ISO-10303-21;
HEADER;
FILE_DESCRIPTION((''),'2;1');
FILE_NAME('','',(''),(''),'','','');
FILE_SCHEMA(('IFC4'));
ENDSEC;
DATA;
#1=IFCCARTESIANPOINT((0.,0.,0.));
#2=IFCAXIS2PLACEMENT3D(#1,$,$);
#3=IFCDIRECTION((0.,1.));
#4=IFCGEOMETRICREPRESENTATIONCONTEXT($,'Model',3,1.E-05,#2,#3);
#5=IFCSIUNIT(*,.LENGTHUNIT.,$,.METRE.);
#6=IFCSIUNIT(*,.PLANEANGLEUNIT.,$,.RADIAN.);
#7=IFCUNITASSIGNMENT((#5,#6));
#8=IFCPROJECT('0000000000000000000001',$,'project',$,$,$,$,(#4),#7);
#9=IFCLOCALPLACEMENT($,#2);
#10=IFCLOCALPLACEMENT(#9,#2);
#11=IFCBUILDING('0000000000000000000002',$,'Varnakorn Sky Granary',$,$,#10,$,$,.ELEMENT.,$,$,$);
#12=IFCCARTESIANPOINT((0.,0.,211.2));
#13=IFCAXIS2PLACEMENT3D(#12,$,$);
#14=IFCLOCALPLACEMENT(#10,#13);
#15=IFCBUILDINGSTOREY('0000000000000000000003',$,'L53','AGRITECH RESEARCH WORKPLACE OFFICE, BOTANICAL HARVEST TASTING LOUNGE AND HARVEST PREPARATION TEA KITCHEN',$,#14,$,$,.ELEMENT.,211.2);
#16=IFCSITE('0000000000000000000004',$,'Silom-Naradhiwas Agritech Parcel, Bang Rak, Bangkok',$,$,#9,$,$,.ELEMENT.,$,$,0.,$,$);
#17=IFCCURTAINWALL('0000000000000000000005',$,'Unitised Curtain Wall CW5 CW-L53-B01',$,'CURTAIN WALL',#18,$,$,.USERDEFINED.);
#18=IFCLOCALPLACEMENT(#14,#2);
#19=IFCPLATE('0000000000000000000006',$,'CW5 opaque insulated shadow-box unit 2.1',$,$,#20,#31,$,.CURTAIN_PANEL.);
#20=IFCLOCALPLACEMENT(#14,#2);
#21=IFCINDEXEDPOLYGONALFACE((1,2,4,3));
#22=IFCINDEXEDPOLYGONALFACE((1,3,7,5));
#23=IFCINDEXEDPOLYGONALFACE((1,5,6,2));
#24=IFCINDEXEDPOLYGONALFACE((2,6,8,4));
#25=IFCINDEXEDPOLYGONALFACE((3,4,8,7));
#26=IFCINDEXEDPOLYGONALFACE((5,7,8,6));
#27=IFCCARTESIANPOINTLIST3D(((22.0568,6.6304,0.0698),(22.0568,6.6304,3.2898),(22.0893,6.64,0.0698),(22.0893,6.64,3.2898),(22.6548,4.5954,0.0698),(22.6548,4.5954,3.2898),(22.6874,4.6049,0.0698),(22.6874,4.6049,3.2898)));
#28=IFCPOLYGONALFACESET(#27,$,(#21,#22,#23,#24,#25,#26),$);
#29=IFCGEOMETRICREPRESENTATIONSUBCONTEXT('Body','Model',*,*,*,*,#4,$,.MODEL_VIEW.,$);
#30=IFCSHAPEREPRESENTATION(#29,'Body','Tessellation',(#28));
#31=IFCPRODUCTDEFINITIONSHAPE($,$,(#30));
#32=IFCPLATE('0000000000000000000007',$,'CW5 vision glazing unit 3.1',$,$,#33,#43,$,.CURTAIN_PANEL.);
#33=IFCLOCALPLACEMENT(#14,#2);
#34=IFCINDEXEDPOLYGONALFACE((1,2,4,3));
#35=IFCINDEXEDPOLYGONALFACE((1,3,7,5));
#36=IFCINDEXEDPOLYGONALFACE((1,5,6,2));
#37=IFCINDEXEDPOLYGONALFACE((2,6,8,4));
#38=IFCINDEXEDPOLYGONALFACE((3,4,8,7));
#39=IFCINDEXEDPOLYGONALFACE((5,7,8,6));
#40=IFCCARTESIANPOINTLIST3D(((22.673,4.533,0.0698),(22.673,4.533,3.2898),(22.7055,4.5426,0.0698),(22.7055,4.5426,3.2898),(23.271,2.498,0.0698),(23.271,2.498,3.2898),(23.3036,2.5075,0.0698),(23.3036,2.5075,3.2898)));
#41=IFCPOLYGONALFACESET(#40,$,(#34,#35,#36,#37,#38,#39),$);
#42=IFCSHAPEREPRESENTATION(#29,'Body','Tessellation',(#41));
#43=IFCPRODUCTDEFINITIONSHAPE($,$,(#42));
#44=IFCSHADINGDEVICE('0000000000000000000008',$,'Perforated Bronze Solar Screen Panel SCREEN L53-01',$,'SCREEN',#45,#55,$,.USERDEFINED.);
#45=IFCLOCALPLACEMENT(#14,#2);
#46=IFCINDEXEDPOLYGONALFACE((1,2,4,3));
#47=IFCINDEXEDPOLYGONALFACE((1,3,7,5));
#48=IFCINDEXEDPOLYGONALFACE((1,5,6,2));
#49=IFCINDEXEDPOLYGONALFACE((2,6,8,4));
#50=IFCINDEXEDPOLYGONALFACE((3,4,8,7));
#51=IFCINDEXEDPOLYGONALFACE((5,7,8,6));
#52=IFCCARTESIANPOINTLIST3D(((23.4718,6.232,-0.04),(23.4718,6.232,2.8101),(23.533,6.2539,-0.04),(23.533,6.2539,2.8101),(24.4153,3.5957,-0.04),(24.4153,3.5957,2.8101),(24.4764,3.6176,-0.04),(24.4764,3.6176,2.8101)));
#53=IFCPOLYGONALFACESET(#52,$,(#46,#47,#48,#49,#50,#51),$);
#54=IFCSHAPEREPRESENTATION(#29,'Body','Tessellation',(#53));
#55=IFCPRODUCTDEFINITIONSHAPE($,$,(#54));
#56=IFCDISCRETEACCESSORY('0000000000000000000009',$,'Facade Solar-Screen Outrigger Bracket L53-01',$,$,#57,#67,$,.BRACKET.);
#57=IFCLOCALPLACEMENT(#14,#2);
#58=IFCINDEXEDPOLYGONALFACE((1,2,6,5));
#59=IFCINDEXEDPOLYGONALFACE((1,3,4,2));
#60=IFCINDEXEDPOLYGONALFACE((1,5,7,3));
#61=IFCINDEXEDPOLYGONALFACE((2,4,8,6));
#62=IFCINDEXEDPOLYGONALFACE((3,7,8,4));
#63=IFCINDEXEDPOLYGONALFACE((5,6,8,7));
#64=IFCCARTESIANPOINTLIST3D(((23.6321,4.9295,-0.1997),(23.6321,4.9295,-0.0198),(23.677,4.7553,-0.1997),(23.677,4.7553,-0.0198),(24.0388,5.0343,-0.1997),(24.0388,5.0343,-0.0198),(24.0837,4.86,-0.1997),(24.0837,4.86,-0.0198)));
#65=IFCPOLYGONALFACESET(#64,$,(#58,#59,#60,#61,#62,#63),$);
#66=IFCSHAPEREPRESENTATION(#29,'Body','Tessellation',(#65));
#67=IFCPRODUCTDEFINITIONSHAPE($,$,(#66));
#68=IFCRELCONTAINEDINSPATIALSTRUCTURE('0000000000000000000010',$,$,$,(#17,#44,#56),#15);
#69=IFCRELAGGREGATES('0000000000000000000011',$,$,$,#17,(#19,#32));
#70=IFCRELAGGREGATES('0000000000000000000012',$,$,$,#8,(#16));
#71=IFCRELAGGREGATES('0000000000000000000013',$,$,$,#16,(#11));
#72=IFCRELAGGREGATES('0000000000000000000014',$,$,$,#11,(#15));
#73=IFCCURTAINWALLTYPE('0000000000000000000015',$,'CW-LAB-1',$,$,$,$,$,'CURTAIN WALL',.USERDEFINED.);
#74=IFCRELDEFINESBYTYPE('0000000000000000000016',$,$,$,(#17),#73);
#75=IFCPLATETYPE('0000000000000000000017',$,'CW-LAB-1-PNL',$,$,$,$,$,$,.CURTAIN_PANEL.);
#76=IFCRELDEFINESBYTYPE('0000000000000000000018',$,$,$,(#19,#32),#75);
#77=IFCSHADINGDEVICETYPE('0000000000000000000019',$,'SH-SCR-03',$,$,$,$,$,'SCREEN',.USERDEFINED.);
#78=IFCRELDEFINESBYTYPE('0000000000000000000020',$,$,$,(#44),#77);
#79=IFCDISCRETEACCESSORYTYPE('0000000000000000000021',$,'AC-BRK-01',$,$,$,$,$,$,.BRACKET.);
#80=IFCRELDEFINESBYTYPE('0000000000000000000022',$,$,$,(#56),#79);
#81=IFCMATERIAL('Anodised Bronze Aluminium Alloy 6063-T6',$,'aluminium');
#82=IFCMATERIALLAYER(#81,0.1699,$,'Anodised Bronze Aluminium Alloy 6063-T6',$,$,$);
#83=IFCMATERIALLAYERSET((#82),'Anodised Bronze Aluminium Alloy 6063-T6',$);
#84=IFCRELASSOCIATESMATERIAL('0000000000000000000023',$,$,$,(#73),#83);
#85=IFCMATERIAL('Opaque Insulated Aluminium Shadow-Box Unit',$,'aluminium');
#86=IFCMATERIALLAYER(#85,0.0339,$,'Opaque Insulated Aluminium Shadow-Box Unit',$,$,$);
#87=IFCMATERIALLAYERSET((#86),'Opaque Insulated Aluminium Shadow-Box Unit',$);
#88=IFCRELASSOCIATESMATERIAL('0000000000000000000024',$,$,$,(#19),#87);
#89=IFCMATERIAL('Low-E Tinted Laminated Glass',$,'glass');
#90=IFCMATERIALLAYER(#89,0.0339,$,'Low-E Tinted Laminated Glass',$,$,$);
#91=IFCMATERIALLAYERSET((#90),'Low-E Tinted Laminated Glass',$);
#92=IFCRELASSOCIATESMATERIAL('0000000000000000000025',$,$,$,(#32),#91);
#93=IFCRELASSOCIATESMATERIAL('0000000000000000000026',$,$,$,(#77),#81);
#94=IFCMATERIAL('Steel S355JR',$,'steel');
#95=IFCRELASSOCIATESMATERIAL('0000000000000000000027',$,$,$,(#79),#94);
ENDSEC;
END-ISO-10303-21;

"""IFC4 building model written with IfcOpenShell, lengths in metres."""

from ifc_helpers import new_model, si_unit, direction, frame, origin, origin_2d, place, context, subcontext, project, spatial, rectangle, extrude, source, transform, mapped, material, layer, layer_set, type_object, type_shapes, element, aggregate, save


model = new_model("IFC4")

# Units and contexts
model_context = context("Model", 3, precision=1e-05, world=origin(), true_north=direction((0.0, 1.0)))
body_context = subcontext(model_context, "Body", "Model", "MODEL_VIEW")
ifc_project = project(units=[si_unit("LENGTHUNIT", "METRE"), si_unit("PLANEANGLEUNIT", "RADIAN")], contexts=[model_context])

# Site, building, storey
site_placement = place(None, origin())
site = spatial("IfcSite", under=ifc_project, at=site_placement, Name="Silom-Naradhiwas Agritech Parcel, Bang Rak, Bangkok", CompositionType="ELEMENT", RefElevation=0.0)
building_placement = place(site_placement, origin())
building = spatial("IfcBuilding", under=site, at=building_placement, Name="Varnakorn Sky Granary", CompositionType="ELEMENT")
storey_placement = place(building_placement, frame((0.0, 0.0, 211.2)))
storey = spatial("IfcBuildingStorey", under=building, at=storey_placement, Name="L53", Description="AGRITECH RESEARCH WORKPLACE OFFICE, BOTANICAL HARVEST TASTING LOUNGE AND HARVEST PREPARATION TEA KITCHEN", CompositionType="ELEMENT", Elevation=211.2)

# Curtain wall
ifc_material_1 = material(Name="Anodised Bronze Aluminium Alloy 6063-T6", Category="aluminium")
ifc_layer_1 = layer(ifc_material_1, 0.1699, Name="Anodised Bronze Aluminium Alloy 6063-T6")
ifc_layer_set_1 = layer_set([ifc_layer_1], Name="Anodised Bronze Aluminium Alloy 6063-T6")
curtain_wall_type = type_object("IfcCurtainWallType", Name="CW-LAB-1", ElementType="CURTAIN WALL", PredefinedType="USERDEFINED", material=ifc_layer_set_1)
curtain_wall_placement = place(storey_placement, origin())
curtain_wall = element("IfcCurtainWall", 1, at=curtain_wall_placement, inside=storey, type_object=curtain_wall_type, Name="Unitised Curtain Wall CW5 CW-L53-B01", ObjectType="CURTAIN WALL", PredefinedType="USERDEFINED")

# Plates
ifc_material_2 = material(Name="Opaque Insulated Aluminium Shadow-Box Unit", Category="aluminium")
ifc_layer_2 = layer(ifc_material_2, 0.0339, Name="Opaque Insulated Aluminium Shadow-Box Unit")
ifc_layer_set_2 = layer_set([ifc_layer_2], Name="Opaque Insulated Aluminium Shadow-Box Unit")
plate_type = type_object("IfcPlateType", Name="CW-LAB-1-PNL", PredefinedType="CURTAIN_PANEL")
ifc_material_3 = material(Name="Low-E Tinted Laminated Glass", Category="glass")
ifc_layer_3 = layer(ifc_material_3, 0.0339, Name="Low-E Tinted Laminated Glass")
ifc_layer_set_3 = layer_set([ifc_layer_3], Name="Low-E Tinted Laminated Glass")
shared_shape_1 = source(origin(), body_context, "Body", "SweptSolid", [
    extrude(rectangle(XDim=2.1211, YDim=0.0339, at=origin_2d()), origin(), (0.0, 0.0, 1.0), 3.22),
])
plate_1_placement = place(storey_placement, frame((22.3721, 5.6177, 0.0698), z_axis=(0.0, 0.0, 1.0), x_axis=(0.281963, -0.959425, 0.0)))
plate_1 = element("IfcPlate", 2, at=plate_1_placement, type_object=plate_type, material=ifc_layer_set_2, Name="CW5 opaque insulated shadow-box unit 2.1", PredefinedType="CURTAIN_PANEL", context=body_context, shape_type="MappedRepresentation", body=[
    mapped(shared_shape_1, transform((0.0, 0.0, 0.0), x_axis=(1.0, 0.0, 0.0), y_axis=(0.0, 1.0, 0.0), z_axis=(0.0, 0.0, 1.0), scale=1.0)),
])
plate_2_placement = place(storey_placement, frame((22.9883, 3.5203, 0.0698), z_axis=(0.0, 0.0, 1.0), x_axis=(0.281963, -0.959425, 0.0)))
plate_2 = element("IfcPlate", 3, at=plate_2_placement, type_object=plate_type, material=ifc_layer_set_3, Name="CW5 vision glazing unit 3.1", PredefinedType="CURTAIN_PANEL", context=body_context, shape_type="MappedRepresentation", body=[
    mapped(shared_shape_1, transform((0.0, 0.0, 0.0), x_axis=(1.0, 0.0, 0.0), y_axis=(0.0, 1.0, 0.0), z_axis=(0.0, 0.0, 1.0), scale=1.0)),
])
aggregate(curtain_wall, [plate_1, plate_2])

# Shading device
shading_device_type = type_object("IfcShadingDeviceType", Name="SH-SCR-03", ElementType="SCREEN", PredefinedType="USERDEFINED", material=ifc_material_1)
shared_shape_2 = source(origin(), body_context, "Body", "SweptSolid", [
    extrude(rectangle(XDim=2.8, YDim=0.0649, at=origin_2d()), origin(), (0.0, 0.0, 1.0), 2.8501),
])
type_shapes(shading_device_type, [shared_shape_2])
shading_device_placement = place(storey_placement, frame((23.9741, 4.9248, -0.04), z_axis=(0.0, 0.0, 1.0), x_axis=(-0.33694, 0.941526, 0.0)))
element("IfcShadingDevice", 4, at=shading_device_placement, inside=storey, type_object=shading_device_type, Name="Perforated Bronze Solar Screen Panel SCREEN L53-01", ObjectType="SCREEN", PredefinedType="USERDEFINED", context=body_context, shape_type="MappedRepresentation", body=[
    mapped(shared_shape_2, transform((0.0, 0.0, 0.0), x_axis=(1.0, 0.0, 0.0), y_axis=(0.0, 1.0, 0.0), z_axis=(0.0, 0.0, 1.0), scale=1.0)),
])

# Discrete accessory
ifc_material_4 = material(Name="Steel S355JR", Category="steel")
discrete_accessory_type = type_object("IfcDiscreteAccessoryType", Name="AC-BRK-01", PredefinedType="BRACKET", material=ifc_material_4)
shared_shape_3 = source(origin(), body_context, "Body", "SweptSolid", [
    extrude(rectangle(XDim=0.1799, YDim=0.4199, at=origin_2d()), origin(), (0.0, 0.0, 1.0), 0.1799),
])
type_shapes(discrete_accessory_type, [shared_shape_3])
discrete_accessory_placement = place(storey_placement, frame((23.8579, 4.8948, -0.1997), z_axis=(0.0, 0.0, 1.0), x_axis=(-0.249376, 0.968407, 0.0)))
element("IfcDiscreteAccessory", 5, at=discrete_accessory_placement, inside=storey, type_object=discrete_accessory_type, Name="Facade Solar-Screen Outrigger Bracket L53-01", PredefinedType="BRACKET", context=body_context, shape_type="MappedRepresentation", body=[
    mapped(shared_shape_3, transform((0.0, 0.0, 0.0), x_axis=(1.0, 0.0, 0.0), y_axis=(0.0, 1.0, 0.0), z_axis=(0.0, 0.0, 1.0), scale=1.0)),
])

save(model, "model.ifc")
